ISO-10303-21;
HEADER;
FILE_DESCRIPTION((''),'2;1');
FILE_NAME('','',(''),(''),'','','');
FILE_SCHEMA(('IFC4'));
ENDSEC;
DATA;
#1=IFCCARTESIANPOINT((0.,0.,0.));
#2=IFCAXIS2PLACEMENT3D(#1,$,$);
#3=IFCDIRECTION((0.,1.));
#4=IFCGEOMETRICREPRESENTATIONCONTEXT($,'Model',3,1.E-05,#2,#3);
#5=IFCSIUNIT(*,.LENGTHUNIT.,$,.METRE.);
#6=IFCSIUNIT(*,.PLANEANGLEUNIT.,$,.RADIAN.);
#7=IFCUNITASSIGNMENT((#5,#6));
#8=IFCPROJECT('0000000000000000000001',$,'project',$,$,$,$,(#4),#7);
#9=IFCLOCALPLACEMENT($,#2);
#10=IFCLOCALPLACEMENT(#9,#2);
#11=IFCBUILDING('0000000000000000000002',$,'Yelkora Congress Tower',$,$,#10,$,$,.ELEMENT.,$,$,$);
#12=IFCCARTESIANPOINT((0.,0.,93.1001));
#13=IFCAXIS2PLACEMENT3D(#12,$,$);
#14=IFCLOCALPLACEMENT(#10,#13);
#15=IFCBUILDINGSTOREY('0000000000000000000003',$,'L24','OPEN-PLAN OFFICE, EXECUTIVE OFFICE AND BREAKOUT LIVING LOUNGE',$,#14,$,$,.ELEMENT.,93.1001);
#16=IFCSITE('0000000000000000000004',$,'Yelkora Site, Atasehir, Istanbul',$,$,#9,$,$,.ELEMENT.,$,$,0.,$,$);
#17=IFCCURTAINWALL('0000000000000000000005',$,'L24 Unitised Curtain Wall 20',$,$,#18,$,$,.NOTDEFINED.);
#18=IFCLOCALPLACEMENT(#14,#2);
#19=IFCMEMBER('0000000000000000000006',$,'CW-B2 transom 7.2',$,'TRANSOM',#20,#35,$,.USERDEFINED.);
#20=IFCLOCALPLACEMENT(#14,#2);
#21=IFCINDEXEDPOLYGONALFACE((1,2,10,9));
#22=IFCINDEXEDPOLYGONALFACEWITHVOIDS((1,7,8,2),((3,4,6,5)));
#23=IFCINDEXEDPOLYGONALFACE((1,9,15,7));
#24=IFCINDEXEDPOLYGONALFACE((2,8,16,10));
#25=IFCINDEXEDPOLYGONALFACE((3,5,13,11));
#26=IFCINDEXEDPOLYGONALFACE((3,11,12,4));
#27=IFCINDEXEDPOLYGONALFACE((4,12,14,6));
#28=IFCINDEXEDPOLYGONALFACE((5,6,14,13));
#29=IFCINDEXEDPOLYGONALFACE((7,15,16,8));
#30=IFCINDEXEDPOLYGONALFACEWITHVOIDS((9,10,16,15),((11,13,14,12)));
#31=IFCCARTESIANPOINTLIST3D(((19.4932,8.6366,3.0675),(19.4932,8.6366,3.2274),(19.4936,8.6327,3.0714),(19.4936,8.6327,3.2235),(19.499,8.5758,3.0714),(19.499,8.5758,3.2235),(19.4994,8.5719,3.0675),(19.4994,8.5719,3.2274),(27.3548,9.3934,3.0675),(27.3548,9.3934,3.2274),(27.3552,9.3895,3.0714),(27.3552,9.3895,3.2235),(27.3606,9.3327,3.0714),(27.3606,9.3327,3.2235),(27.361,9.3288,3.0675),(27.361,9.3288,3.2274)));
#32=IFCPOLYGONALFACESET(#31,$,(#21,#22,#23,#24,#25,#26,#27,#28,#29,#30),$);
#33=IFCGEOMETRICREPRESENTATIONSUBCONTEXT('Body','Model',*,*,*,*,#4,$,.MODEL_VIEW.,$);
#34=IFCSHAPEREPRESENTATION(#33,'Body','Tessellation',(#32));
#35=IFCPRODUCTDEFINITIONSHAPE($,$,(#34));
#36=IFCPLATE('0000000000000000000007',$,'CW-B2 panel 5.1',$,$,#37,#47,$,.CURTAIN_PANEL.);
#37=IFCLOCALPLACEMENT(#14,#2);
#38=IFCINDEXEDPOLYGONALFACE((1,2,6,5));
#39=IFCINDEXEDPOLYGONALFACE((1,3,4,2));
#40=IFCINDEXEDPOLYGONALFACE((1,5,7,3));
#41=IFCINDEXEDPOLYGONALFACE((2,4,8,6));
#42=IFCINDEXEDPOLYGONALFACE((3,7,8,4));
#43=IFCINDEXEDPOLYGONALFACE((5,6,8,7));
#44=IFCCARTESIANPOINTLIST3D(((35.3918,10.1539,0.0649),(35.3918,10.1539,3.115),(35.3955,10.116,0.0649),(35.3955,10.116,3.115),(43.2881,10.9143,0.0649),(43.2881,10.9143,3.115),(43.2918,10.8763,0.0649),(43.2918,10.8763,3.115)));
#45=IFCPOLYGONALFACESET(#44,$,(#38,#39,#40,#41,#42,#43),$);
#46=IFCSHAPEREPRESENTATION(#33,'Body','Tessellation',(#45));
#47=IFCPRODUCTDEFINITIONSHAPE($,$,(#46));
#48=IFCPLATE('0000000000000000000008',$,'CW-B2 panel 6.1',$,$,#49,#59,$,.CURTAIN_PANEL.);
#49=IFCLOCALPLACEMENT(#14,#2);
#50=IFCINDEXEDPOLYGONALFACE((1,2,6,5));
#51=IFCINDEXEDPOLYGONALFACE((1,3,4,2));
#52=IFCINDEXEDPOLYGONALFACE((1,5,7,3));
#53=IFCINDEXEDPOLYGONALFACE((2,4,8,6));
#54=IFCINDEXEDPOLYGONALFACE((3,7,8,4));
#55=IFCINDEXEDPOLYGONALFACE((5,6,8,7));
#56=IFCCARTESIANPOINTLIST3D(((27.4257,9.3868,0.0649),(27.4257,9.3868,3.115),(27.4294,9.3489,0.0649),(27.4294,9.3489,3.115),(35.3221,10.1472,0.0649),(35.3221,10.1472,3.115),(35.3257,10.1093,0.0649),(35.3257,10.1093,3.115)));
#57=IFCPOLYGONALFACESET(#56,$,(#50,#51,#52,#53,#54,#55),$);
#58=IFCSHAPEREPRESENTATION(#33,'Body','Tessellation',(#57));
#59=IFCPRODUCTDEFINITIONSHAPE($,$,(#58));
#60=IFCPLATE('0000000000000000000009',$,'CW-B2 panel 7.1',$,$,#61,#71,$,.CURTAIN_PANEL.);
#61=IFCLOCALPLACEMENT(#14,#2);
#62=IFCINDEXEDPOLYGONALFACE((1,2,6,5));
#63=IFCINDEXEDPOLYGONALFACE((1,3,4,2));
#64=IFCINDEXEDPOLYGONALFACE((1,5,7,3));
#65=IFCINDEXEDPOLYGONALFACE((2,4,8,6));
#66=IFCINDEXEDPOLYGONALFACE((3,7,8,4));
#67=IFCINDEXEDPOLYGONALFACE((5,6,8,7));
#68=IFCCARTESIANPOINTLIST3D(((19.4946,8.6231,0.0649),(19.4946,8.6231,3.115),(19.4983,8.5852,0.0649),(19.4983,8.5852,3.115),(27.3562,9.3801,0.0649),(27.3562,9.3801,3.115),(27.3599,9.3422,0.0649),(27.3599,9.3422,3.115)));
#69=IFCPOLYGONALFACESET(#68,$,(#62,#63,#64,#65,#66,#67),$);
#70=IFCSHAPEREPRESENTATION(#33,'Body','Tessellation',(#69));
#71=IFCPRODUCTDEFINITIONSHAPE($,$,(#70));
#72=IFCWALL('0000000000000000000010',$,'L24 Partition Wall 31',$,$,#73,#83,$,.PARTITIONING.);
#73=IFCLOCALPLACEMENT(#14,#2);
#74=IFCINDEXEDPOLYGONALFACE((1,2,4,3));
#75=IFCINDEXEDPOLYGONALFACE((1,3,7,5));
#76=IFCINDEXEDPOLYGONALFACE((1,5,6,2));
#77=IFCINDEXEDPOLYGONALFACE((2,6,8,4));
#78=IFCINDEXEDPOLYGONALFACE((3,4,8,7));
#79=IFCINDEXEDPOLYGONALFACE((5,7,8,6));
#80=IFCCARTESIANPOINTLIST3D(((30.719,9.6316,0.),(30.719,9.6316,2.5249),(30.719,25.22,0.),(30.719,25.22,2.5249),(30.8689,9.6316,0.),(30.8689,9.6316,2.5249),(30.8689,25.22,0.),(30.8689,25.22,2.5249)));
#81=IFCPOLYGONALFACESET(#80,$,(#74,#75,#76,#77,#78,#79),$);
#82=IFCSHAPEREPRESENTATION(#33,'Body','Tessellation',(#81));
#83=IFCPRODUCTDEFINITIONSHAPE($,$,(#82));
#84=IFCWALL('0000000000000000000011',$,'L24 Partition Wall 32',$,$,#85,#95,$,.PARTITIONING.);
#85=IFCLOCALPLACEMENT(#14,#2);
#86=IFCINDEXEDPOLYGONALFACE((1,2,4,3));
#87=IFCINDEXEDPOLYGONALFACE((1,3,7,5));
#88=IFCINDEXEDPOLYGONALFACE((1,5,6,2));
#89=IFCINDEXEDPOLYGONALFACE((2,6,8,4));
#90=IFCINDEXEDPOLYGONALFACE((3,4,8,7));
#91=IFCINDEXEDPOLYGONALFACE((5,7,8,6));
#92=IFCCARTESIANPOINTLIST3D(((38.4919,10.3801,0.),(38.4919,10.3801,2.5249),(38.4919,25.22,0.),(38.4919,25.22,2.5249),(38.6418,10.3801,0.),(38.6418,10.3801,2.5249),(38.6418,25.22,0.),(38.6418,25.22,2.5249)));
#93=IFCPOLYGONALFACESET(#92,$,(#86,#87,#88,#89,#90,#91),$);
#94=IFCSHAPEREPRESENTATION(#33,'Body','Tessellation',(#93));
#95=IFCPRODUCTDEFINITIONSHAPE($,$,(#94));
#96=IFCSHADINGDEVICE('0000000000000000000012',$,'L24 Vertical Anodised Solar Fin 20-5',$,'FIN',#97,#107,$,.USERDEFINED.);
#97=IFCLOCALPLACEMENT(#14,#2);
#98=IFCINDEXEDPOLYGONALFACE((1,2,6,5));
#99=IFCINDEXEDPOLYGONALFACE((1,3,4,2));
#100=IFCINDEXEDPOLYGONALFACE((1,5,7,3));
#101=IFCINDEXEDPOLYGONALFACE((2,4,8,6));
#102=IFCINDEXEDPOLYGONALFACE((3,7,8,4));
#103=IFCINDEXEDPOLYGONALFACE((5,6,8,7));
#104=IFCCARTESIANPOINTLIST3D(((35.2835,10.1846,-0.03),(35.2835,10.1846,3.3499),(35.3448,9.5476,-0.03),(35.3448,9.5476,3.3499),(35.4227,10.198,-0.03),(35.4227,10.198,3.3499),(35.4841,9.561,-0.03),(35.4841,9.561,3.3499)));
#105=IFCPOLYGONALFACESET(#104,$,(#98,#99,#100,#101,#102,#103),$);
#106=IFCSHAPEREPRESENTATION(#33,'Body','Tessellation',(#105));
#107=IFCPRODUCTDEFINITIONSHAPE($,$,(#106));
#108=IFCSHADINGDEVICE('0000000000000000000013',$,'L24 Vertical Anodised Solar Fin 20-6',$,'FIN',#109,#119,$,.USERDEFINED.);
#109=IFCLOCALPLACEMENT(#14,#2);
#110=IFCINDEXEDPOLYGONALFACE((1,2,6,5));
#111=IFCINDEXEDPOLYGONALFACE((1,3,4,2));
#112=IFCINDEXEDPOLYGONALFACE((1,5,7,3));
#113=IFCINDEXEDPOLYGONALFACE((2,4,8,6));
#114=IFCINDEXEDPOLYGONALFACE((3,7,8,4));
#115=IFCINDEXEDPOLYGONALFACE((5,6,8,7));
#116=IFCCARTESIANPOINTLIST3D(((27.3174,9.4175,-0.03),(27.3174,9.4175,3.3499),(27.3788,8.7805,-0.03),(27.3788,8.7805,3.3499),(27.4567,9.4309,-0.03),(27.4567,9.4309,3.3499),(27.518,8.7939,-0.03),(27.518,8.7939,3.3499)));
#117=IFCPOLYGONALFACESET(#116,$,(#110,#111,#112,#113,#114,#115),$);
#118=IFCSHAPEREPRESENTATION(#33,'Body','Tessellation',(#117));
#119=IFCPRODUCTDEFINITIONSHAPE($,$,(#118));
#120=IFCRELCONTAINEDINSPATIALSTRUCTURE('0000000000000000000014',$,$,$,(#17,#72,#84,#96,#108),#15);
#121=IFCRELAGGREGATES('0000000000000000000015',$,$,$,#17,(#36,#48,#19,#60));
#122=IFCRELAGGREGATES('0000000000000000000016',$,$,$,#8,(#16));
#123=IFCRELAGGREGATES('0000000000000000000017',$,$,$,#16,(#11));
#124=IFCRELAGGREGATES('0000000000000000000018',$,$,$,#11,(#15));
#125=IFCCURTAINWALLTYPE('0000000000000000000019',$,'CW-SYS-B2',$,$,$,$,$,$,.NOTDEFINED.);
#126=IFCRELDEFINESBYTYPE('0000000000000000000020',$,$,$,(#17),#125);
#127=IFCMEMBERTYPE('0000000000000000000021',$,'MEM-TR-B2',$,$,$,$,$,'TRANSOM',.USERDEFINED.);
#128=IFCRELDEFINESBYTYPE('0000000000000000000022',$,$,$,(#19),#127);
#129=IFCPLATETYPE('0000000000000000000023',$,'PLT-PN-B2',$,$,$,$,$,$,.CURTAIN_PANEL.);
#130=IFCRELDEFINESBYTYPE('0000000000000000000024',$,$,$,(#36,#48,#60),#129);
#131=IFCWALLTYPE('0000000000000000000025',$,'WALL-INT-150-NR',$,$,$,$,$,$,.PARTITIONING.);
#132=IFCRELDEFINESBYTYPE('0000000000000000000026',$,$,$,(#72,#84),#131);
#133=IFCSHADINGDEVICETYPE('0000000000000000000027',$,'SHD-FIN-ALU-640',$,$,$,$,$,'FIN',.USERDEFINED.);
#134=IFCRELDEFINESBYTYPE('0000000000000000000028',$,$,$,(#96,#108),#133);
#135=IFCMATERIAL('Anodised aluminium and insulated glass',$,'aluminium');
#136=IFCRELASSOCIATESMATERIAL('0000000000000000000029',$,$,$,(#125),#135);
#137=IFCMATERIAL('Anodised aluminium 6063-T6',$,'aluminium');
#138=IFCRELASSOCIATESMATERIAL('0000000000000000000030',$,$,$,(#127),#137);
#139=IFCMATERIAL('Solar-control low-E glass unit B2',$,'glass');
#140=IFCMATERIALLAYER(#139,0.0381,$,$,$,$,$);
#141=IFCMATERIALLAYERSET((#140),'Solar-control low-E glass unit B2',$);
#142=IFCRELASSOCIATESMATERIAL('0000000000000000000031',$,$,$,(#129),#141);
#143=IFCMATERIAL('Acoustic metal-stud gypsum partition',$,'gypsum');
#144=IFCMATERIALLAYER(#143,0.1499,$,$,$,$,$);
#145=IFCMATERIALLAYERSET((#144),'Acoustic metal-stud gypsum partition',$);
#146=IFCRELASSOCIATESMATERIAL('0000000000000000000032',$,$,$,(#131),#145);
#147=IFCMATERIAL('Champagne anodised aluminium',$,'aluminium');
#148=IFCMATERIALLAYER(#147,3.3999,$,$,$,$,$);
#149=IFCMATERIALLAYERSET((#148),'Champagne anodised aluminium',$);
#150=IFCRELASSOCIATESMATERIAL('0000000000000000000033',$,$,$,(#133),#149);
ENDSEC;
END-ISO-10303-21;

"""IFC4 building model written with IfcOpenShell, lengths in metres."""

from ifc_helpers import new_model, si_unit, direction, frame, frame_2d, origin, origin_2d, place, context, subcontext, project, spatial, rectangle, hollow_rectangle, extrude, material, layer, layer_set, material_profile, profile_set, type_object, element, aggregate, save


model = new_model("IFC4")

# Units and contexts
model_context = context("Model", 3, precision=1e-05, world=origin(), true_north=direction((0.0, 1.0)))
body_context = subcontext(model_context, "Body", "Model", "MODEL_VIEW")
ifc_project = project(units=[si_unit("LENGTHUNIT", "METRE"), si_unit("PLANEANGLEUNIT", "RADIAN")], contexts=[model_context])

# Site, building, storey
site_placement = place(None, origin())
site = spatial("IfcSite", under=ifc_project, at=site_placement, Name="Yelkora Site, Atasehir, Istanbul", CompositionType="ELEMENT", RefElevation=0.0)
building_placement = place(site_placement, origin())
building = spatial("IfcBuilding", under=site, at=building_placement, Name="Yelkora Congress Tower", CompositionType="ELEMENT")
storey_placement = place(building_placement, frame((0.0, 0.0, 93.1001)))
storey = spatial("IfcBuildingStorey", under=building, at=storey_placement, Name="L24", Description="OPEN-PLAN OFFICE, EXECUTIVE OFFICE AND BREAKOUT LIVING LOUNGE", CompositionType="ELEMENT", Elevation=93.1001)

# Curtain wall, member, plates
ifc_material_1 = material(Name="Anodised aluminium and insulated glass", Category="aluminium")
curtain_wall_type = type_object("IfcCurtainWallType", Name="CW-SYS-B2", PredefinedType="NOTDEFINED", material=ifc_material_1)
curtain_wall_placement = place(storey_placement, origin())
curtain_wall = element("IfcCurtainWall", 1, at=curtain_wall_placement, inside=storey, type_object=curtain_wall_type, Name="L24 Unitised Curtain Wall 20", PredefinedType="NOTDEFINED")
ifc_material_2 = material(Name="Anodised aluminium 6063-T6", Category="aluminium")
ifc_material_profile_1 = material_profile(ifc_material_2, hollow_rectangle(XDim=0.0649, YDim=0.1599, WallThickness=0.0039, at=origin_2d()), Name="ALU 65x160x4")
ifc_profile_set_1 = profile_set([ifc_material_profile_1], Name="Anodised aluminium 6063-T6")
member_type_1 = type_object("IfcMemberType", Name="MEM-TR-B2", ElementType="TRANSOM", PredefinedType="USERDEFINED", material=ifc_profile_set_1)
member_1_placement = place(storey_placement, frame((27.3579, 9.3611, 3.1475), z_axis=(-0.995398, -0.095827, 0.0), x_axis=(0.095827, -0.995398, 0.0)))
member_1 = element("IfcMember", 2, at=member_1_placement, type_object=member_type_1, Name="CW-B2 transom 7.2", ObjectType="TRANSOM", PredefinedType="USERDEFINED", context=body_context, shape_type="SweptSolid", body=[
    extrude(hollow_rectangle(XDim=0.0649, YDim=0.1599, WallThickness=0.0039, at=origin_2d()), origin(), (0.0, 0.0, 1.0), 7.8979),
])
ifc_material_3 = material(Name="Solar-control low-E glass unit B2", Category="glass")
ifc_layer_1 = layer(ifc_material_3, 0.0381)
ifc_layer_set_1 = layer_set([ifc_layer_1], Name="Solar-control low-E glass unit B2")
plate_type = type_object("IfcPlateType", Name="PLT-PN-B2", PredefinedType="CURTAIN_PANEL", material=ifc_layer_set_1)
plate_1_placement = place(storey_placement, frame((39.3418, 10.5151, 0.0649), z_axis=(0.0, 0.0, 1.0), x_axis=(-0.995396, -0.095844, 0.0)))
plate_1 = element("IfcPlate", 3, at=plate_1_placement, type_object=plate_type, Name="CW-B2 panel 5.1", PredefinedType="CURTAIN_PANEL", context=body_context, shape_type="SweptSolid", body=[
    extrude(rectangle(XDim=7.9329, YDim=0.0381, at=origin_2d()), origin(), (0.0, 0.0, 1.0), 3.05),
])
plate_2_placement = place(storey_placement, frame((31.3757, 9.748, 0.0649), z_axis=(0.0, 0.0, 1.0), x_axis=(-0.995396, -0.095844, 0.0)))
plate_2 = element("IfcPlate", 4, at=plate_2_placement, type_object=plate_type, Name="CW-B2 panel 6.1", PredefinedType="CURTAIN_PANEL", context=body_context, shape_type="SweptSolid", body=[
    extrude(rectangle(XDim=7.9329, YDim=0.0381, at=origin_2d()), origin(), (0.0, 0.0, 1.0), 3.05),
])
plate_3_placement = place(storey_placement, frame((23.4272, 8.9827, 0.0649), z_axis=(0.0, 0.0, 1.0), x_axis=(-0.995396, -0.095844, 0.0)))
plate_3 = element("IfcPlate", 5, at=plate_3_placement, type_object=plate_type, Name="CW-B2 panel 7.1", PredefinedType="CURTAIN_PANEL", context=body_context, shape_type="SweptSolid", body=[
    extrude(rectangle(XDim=7.8979, YDim=0.0381, at=origin_2d()), origin(), (0.0, 0.0, 1.0), 3.05),
])
aggregate(curtain_wall, [plate_1, plate_2, member_1, plate_3])

# Walls
ifc_material_4 = material(Name="Acoustic metal-stud gypsum partition", Category="gypsum")
ifc_layer_2 = layer(ifc_material_4, 0.1499)
ifc_layer_set_2 = layer_set([ifc_layer_2], Name="Acoustic metal-stud gypsum partition")
wall_type = type_object("IfcWallType", Name="WALL-INT-150-NR", PredefinedType="PARTITIONING", material=ifc_layer_set_2)
wall_1_placement = place(storey_placement, frame((30.7939, 9.6316, 0.0), z_axis=(0.0, 0.0, 1.0), x_axis=(0.0, 1.0, 0.0)))
element("IfcWall", 6, at=wall_1_placement, inside=storey, type_object=wall_type, Name="L24 Partition Wall 31", PredefinedType="PARTITIONING", context=body_context, shape_type="SweptSolid", body=[
    extrude(rectangle(XDim=15.5884, YDim=0.1499, at=frame_2d((7.7942, 0.0))), origin(), (0.0, 0.0, 1.0), 2.5249),
])
wall_2_placement = place(storey_placement, frame((38.5669, 10.3801, 0.0), z_axis=(0.0, 0.0, 1.0), x_axis=(0.0, 1.0, 0.0)))
element("IfcWall", 7, at=wall_2_placement, inside=storey, type_object=wall_type, Name="L24 Partition Wall 32", PredefinedType="PARTITIONING", context=body_context, shape_type="SweptSolid", body=[
    extrude(rectangle(XDim=14.8398, YDim=0.1499, at=frame_2d((7.4199, 0.0))), origin(), (0.0, 0.0, 1.0), 2.5249),
])

# Shading devices
ifc_material_5 = material(Name="Champagne anodised aluminium", Category="aluminium")
ifc_layer_3 = layer(ifc_material_5, 3.3999)
ifc_layer_set_3 = layer_set([ifc_layer_3], Name="Champagne anodised aluminium")
shading_device_type = type_object("IfcShadingDeviceType", Name="SHD-FIN-ALU-640", ElementType="FIN", PredefinedType="USERDEFINED", material=ifc_layer_set_3)
for number, where, z_axis, x_axis, name in (
    (8, (35.3838, 9.8728, -0.03), (0.0, 0.0, 1.0), (-0.995396, -0.095846, 0.0), "L24 Vertical Anodised Solar Fin 20-5"),
    (9, (27.4177, 9.1057, -0.03), (0.0, 0.0, 1.0), (-0.995396, -0.095846, 0.0), "L24 Vertical Anodised Solar Fin 20-6"),
):
    element("IfcShadingDevice", number, at=place(storey_placement, frame(where, z_axis=z_axis, x_axis=x_axis)), inside=storey, type_object=shading_device_type, Name=name, ObjectType="FIN", PredefinedType="USERDEFINED", context=body_context, shape_type="SweptSolid", body=[
        extrude(rectangle(XDim=0.1399, YDim=0.6399, at=origin_2d()), origin(), (0.0, 0.0, 1.0), 3.3799),
    ])

save(model, "model.ifc")
